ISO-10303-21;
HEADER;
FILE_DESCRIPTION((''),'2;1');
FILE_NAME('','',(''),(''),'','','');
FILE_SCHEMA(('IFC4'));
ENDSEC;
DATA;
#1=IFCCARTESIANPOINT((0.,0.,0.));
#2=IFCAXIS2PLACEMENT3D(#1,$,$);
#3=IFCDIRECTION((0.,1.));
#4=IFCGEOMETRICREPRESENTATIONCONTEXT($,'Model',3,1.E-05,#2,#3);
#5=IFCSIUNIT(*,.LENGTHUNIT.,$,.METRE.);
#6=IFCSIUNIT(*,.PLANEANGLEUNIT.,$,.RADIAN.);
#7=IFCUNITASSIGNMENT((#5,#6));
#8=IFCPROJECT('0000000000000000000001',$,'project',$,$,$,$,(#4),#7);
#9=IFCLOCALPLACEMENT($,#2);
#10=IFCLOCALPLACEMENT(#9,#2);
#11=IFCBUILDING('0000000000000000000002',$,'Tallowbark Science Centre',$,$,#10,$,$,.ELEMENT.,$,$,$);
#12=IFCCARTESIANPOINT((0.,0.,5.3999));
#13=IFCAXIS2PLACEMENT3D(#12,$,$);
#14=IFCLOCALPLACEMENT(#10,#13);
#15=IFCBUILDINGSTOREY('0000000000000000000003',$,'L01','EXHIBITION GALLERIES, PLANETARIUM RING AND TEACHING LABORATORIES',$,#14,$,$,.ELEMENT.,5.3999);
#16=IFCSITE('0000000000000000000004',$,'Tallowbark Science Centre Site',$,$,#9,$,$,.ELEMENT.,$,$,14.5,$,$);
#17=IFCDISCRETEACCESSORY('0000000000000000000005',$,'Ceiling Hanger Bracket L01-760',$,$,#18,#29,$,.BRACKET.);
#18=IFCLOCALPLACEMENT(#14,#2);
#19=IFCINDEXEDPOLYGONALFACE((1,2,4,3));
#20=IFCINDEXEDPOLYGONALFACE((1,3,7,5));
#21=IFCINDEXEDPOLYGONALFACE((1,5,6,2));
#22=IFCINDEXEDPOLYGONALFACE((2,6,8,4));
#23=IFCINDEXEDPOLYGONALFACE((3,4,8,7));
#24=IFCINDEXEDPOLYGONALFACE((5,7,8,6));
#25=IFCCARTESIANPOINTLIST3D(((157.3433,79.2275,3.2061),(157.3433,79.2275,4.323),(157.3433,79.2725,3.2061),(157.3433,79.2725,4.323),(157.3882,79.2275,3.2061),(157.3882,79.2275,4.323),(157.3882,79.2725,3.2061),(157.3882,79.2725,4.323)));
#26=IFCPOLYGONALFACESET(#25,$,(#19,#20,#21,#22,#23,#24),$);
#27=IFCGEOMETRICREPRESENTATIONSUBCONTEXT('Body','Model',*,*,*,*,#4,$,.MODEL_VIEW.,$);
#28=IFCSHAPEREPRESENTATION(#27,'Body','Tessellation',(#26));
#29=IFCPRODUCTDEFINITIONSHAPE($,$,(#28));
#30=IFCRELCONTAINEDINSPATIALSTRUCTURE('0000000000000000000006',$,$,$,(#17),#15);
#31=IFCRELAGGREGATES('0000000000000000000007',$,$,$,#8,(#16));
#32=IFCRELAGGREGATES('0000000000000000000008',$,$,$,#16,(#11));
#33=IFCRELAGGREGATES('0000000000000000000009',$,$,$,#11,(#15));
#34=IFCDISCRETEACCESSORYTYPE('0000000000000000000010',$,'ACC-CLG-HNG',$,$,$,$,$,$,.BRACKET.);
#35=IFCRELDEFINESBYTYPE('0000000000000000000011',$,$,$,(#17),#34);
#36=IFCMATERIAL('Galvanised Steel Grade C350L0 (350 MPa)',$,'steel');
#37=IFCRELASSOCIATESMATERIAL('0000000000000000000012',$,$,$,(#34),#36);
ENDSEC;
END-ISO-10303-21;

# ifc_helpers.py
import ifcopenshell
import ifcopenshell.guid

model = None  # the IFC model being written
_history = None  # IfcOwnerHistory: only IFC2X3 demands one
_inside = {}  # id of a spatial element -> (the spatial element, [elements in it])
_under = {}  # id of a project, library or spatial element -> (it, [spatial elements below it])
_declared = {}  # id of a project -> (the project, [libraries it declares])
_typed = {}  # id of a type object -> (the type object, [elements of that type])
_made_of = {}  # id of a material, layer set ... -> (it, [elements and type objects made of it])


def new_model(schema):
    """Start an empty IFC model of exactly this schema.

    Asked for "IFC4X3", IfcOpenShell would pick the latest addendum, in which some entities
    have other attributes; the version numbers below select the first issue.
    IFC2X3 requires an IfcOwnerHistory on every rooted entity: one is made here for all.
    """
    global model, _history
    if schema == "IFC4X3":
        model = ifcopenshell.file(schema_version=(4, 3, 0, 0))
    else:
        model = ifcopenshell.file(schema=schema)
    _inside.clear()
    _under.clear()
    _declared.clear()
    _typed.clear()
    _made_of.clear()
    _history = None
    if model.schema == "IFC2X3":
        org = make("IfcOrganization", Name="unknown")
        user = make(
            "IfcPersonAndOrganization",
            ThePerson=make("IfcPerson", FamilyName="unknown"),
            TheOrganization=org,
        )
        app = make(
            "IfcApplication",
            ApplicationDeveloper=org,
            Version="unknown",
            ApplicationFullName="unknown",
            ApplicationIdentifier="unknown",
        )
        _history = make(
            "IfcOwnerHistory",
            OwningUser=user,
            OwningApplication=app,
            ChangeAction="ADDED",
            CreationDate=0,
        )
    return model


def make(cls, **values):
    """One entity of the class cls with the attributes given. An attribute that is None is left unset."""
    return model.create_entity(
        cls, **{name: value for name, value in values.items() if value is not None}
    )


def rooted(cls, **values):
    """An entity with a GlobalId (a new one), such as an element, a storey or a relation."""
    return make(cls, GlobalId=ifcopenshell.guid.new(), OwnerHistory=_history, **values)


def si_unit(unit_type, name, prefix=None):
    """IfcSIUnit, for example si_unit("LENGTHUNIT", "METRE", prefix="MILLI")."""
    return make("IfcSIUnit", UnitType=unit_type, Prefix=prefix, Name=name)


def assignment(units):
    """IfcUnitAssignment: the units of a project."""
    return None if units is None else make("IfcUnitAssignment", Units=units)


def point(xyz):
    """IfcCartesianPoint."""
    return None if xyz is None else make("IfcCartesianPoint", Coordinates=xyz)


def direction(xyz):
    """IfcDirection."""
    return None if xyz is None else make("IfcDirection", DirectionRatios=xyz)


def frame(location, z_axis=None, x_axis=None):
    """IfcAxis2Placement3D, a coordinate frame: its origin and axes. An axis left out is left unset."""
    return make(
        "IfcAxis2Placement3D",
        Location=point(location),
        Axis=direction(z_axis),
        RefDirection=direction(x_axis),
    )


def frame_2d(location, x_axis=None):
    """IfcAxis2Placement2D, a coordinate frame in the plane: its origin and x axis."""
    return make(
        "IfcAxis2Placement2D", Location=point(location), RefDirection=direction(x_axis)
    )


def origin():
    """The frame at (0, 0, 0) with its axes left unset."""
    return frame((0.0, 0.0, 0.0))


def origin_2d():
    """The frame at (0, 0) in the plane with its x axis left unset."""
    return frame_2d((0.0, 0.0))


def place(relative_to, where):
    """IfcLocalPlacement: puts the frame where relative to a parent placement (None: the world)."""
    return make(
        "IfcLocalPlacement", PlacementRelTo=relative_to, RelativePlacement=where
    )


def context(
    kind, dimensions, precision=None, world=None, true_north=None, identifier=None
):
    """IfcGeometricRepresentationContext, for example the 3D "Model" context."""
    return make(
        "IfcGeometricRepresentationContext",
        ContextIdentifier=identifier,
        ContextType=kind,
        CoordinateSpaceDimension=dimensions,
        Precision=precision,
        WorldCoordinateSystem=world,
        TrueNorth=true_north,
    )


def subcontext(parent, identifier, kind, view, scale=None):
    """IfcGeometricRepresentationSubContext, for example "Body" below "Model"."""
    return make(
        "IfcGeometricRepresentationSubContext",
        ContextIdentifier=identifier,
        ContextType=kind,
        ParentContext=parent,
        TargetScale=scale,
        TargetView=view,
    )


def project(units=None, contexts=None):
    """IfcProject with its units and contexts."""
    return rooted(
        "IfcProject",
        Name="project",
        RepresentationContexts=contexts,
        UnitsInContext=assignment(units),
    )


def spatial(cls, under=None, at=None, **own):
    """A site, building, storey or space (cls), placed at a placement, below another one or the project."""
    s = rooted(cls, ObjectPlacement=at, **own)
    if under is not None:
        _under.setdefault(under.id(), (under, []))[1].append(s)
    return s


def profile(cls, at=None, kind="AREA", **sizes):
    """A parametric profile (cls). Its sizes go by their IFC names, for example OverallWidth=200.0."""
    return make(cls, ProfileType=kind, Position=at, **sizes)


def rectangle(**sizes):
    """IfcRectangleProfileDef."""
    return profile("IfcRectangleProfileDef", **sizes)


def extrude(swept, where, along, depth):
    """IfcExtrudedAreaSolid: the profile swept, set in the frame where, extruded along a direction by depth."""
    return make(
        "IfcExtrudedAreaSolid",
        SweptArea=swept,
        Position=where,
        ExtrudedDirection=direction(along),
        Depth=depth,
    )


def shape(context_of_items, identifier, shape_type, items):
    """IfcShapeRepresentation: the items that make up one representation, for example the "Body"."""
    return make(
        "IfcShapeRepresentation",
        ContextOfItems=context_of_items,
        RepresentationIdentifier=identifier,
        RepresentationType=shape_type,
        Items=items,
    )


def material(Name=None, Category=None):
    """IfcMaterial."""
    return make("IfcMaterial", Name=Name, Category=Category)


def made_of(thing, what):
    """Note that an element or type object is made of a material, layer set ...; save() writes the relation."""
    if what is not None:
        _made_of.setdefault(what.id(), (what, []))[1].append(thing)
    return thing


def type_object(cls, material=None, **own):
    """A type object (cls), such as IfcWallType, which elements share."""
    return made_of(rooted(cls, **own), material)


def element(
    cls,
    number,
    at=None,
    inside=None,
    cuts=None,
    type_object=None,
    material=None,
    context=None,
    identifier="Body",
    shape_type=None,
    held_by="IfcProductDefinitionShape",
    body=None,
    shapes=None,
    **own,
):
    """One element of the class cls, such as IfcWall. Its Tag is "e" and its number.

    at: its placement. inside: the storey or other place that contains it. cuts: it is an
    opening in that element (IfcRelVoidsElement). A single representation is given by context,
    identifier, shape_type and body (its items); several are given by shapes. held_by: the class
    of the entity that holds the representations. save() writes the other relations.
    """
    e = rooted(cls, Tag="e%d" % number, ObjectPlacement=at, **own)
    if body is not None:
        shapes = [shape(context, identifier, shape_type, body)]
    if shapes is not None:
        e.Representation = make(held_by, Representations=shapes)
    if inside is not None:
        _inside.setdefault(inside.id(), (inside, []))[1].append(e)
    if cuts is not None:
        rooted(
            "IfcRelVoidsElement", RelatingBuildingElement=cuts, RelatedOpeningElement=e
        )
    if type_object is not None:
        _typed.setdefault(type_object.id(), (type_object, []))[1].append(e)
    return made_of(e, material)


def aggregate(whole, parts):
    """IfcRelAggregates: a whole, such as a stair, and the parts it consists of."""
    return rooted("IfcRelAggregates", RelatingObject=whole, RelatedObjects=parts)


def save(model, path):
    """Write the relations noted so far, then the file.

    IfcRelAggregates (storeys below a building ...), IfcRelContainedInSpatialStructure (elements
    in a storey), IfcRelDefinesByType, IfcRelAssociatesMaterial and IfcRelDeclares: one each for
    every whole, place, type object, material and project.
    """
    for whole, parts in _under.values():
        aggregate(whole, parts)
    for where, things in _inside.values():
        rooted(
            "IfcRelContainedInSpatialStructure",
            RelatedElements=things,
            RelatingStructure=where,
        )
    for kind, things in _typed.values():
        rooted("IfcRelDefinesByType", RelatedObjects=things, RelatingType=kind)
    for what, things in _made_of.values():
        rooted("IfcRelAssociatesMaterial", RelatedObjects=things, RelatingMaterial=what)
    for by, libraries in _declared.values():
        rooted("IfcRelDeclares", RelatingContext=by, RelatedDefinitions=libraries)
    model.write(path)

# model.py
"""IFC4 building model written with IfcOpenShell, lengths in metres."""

from ifc_helpers import new_model, si_unit, direction, frame, origin, origin_2d, place, context, subcontext, project, spatial, rectangle, extrude, material, type_object, element, save


model = new_model("IFC4")

# Units and contexts
model_context = context("Model", 3, precision=1e-05, world=origin(), true_north=direction((0.0, 1.0)))
body_context = subcontext(model_context, "Body", "Model", "MODEL_VIEW")
ifc_project = project(units=[si_unit("LENGTHUNIT", "METRE"), si_unit("PLANEANGLEUNIT", "RADIAN")], contexts=[model_context])

# Site, building, storey
site_placement = place(None, origin())
site = spatial("IfcSite", under=ifc_project, at=site_placement, Name="Tallowbark Science Centre Site", CompositionType="ELEMENT", RefElevation=14.5)
building_placement = place(site_placement, origin())
building = spatial("IfcBuilding", under=site, at=building_placement, Name="Tallowbark Science Centre", CompositionType="ELEMENT")
storey_placement = place(building_placement, frame((0.0, 0.0, 5.3999)))
storey = spatial("IfcBuildingStorey", under=building, at=storey_placement, Name="L01", Description="EXHIBITION GALLERIES, PLANETARIUM RING AND TEACHING LABORATORIES", CompositionType="ELEMENT", Elevation=5.3999)

# Discrete accessory
ifc_material_1 = material(Name="Galvanised Steel Grade C350L0 (350 MPa)", Category="steel")
discrete_accessory_type = type_object("IfcDiscreteAccessoryType", Name="ACC-CLG-HNG", PredefinedType="BRACKET", material=ifc_material_1)
for number, where, z_axis, x_axis, name in (
    (1, (157.3657, 79.25, 3.2061), (0.0, 0.0, 1.0), (1.0, 0.0, 0.0), "Ceiling Hanger Bracket L01-760"),
):
    element("IfcDiscreteAccessory", number, at=place(storey_placement, frame(where, z_axis=z_axis, x_axis=x_axis)), inside=storey, type_object=discrete_accessory_type, Name=name, PredefinedType="BRACKET", context=body_context, shape_type="SweptSolid", body=[
        extrude(rectangle(XDim=0.0449, YDim=0.0449, at=origin_2d()), origin(), (0.0, 0.0, 1.0), 1.1169),
    ])

save(model, "model.ifc")
